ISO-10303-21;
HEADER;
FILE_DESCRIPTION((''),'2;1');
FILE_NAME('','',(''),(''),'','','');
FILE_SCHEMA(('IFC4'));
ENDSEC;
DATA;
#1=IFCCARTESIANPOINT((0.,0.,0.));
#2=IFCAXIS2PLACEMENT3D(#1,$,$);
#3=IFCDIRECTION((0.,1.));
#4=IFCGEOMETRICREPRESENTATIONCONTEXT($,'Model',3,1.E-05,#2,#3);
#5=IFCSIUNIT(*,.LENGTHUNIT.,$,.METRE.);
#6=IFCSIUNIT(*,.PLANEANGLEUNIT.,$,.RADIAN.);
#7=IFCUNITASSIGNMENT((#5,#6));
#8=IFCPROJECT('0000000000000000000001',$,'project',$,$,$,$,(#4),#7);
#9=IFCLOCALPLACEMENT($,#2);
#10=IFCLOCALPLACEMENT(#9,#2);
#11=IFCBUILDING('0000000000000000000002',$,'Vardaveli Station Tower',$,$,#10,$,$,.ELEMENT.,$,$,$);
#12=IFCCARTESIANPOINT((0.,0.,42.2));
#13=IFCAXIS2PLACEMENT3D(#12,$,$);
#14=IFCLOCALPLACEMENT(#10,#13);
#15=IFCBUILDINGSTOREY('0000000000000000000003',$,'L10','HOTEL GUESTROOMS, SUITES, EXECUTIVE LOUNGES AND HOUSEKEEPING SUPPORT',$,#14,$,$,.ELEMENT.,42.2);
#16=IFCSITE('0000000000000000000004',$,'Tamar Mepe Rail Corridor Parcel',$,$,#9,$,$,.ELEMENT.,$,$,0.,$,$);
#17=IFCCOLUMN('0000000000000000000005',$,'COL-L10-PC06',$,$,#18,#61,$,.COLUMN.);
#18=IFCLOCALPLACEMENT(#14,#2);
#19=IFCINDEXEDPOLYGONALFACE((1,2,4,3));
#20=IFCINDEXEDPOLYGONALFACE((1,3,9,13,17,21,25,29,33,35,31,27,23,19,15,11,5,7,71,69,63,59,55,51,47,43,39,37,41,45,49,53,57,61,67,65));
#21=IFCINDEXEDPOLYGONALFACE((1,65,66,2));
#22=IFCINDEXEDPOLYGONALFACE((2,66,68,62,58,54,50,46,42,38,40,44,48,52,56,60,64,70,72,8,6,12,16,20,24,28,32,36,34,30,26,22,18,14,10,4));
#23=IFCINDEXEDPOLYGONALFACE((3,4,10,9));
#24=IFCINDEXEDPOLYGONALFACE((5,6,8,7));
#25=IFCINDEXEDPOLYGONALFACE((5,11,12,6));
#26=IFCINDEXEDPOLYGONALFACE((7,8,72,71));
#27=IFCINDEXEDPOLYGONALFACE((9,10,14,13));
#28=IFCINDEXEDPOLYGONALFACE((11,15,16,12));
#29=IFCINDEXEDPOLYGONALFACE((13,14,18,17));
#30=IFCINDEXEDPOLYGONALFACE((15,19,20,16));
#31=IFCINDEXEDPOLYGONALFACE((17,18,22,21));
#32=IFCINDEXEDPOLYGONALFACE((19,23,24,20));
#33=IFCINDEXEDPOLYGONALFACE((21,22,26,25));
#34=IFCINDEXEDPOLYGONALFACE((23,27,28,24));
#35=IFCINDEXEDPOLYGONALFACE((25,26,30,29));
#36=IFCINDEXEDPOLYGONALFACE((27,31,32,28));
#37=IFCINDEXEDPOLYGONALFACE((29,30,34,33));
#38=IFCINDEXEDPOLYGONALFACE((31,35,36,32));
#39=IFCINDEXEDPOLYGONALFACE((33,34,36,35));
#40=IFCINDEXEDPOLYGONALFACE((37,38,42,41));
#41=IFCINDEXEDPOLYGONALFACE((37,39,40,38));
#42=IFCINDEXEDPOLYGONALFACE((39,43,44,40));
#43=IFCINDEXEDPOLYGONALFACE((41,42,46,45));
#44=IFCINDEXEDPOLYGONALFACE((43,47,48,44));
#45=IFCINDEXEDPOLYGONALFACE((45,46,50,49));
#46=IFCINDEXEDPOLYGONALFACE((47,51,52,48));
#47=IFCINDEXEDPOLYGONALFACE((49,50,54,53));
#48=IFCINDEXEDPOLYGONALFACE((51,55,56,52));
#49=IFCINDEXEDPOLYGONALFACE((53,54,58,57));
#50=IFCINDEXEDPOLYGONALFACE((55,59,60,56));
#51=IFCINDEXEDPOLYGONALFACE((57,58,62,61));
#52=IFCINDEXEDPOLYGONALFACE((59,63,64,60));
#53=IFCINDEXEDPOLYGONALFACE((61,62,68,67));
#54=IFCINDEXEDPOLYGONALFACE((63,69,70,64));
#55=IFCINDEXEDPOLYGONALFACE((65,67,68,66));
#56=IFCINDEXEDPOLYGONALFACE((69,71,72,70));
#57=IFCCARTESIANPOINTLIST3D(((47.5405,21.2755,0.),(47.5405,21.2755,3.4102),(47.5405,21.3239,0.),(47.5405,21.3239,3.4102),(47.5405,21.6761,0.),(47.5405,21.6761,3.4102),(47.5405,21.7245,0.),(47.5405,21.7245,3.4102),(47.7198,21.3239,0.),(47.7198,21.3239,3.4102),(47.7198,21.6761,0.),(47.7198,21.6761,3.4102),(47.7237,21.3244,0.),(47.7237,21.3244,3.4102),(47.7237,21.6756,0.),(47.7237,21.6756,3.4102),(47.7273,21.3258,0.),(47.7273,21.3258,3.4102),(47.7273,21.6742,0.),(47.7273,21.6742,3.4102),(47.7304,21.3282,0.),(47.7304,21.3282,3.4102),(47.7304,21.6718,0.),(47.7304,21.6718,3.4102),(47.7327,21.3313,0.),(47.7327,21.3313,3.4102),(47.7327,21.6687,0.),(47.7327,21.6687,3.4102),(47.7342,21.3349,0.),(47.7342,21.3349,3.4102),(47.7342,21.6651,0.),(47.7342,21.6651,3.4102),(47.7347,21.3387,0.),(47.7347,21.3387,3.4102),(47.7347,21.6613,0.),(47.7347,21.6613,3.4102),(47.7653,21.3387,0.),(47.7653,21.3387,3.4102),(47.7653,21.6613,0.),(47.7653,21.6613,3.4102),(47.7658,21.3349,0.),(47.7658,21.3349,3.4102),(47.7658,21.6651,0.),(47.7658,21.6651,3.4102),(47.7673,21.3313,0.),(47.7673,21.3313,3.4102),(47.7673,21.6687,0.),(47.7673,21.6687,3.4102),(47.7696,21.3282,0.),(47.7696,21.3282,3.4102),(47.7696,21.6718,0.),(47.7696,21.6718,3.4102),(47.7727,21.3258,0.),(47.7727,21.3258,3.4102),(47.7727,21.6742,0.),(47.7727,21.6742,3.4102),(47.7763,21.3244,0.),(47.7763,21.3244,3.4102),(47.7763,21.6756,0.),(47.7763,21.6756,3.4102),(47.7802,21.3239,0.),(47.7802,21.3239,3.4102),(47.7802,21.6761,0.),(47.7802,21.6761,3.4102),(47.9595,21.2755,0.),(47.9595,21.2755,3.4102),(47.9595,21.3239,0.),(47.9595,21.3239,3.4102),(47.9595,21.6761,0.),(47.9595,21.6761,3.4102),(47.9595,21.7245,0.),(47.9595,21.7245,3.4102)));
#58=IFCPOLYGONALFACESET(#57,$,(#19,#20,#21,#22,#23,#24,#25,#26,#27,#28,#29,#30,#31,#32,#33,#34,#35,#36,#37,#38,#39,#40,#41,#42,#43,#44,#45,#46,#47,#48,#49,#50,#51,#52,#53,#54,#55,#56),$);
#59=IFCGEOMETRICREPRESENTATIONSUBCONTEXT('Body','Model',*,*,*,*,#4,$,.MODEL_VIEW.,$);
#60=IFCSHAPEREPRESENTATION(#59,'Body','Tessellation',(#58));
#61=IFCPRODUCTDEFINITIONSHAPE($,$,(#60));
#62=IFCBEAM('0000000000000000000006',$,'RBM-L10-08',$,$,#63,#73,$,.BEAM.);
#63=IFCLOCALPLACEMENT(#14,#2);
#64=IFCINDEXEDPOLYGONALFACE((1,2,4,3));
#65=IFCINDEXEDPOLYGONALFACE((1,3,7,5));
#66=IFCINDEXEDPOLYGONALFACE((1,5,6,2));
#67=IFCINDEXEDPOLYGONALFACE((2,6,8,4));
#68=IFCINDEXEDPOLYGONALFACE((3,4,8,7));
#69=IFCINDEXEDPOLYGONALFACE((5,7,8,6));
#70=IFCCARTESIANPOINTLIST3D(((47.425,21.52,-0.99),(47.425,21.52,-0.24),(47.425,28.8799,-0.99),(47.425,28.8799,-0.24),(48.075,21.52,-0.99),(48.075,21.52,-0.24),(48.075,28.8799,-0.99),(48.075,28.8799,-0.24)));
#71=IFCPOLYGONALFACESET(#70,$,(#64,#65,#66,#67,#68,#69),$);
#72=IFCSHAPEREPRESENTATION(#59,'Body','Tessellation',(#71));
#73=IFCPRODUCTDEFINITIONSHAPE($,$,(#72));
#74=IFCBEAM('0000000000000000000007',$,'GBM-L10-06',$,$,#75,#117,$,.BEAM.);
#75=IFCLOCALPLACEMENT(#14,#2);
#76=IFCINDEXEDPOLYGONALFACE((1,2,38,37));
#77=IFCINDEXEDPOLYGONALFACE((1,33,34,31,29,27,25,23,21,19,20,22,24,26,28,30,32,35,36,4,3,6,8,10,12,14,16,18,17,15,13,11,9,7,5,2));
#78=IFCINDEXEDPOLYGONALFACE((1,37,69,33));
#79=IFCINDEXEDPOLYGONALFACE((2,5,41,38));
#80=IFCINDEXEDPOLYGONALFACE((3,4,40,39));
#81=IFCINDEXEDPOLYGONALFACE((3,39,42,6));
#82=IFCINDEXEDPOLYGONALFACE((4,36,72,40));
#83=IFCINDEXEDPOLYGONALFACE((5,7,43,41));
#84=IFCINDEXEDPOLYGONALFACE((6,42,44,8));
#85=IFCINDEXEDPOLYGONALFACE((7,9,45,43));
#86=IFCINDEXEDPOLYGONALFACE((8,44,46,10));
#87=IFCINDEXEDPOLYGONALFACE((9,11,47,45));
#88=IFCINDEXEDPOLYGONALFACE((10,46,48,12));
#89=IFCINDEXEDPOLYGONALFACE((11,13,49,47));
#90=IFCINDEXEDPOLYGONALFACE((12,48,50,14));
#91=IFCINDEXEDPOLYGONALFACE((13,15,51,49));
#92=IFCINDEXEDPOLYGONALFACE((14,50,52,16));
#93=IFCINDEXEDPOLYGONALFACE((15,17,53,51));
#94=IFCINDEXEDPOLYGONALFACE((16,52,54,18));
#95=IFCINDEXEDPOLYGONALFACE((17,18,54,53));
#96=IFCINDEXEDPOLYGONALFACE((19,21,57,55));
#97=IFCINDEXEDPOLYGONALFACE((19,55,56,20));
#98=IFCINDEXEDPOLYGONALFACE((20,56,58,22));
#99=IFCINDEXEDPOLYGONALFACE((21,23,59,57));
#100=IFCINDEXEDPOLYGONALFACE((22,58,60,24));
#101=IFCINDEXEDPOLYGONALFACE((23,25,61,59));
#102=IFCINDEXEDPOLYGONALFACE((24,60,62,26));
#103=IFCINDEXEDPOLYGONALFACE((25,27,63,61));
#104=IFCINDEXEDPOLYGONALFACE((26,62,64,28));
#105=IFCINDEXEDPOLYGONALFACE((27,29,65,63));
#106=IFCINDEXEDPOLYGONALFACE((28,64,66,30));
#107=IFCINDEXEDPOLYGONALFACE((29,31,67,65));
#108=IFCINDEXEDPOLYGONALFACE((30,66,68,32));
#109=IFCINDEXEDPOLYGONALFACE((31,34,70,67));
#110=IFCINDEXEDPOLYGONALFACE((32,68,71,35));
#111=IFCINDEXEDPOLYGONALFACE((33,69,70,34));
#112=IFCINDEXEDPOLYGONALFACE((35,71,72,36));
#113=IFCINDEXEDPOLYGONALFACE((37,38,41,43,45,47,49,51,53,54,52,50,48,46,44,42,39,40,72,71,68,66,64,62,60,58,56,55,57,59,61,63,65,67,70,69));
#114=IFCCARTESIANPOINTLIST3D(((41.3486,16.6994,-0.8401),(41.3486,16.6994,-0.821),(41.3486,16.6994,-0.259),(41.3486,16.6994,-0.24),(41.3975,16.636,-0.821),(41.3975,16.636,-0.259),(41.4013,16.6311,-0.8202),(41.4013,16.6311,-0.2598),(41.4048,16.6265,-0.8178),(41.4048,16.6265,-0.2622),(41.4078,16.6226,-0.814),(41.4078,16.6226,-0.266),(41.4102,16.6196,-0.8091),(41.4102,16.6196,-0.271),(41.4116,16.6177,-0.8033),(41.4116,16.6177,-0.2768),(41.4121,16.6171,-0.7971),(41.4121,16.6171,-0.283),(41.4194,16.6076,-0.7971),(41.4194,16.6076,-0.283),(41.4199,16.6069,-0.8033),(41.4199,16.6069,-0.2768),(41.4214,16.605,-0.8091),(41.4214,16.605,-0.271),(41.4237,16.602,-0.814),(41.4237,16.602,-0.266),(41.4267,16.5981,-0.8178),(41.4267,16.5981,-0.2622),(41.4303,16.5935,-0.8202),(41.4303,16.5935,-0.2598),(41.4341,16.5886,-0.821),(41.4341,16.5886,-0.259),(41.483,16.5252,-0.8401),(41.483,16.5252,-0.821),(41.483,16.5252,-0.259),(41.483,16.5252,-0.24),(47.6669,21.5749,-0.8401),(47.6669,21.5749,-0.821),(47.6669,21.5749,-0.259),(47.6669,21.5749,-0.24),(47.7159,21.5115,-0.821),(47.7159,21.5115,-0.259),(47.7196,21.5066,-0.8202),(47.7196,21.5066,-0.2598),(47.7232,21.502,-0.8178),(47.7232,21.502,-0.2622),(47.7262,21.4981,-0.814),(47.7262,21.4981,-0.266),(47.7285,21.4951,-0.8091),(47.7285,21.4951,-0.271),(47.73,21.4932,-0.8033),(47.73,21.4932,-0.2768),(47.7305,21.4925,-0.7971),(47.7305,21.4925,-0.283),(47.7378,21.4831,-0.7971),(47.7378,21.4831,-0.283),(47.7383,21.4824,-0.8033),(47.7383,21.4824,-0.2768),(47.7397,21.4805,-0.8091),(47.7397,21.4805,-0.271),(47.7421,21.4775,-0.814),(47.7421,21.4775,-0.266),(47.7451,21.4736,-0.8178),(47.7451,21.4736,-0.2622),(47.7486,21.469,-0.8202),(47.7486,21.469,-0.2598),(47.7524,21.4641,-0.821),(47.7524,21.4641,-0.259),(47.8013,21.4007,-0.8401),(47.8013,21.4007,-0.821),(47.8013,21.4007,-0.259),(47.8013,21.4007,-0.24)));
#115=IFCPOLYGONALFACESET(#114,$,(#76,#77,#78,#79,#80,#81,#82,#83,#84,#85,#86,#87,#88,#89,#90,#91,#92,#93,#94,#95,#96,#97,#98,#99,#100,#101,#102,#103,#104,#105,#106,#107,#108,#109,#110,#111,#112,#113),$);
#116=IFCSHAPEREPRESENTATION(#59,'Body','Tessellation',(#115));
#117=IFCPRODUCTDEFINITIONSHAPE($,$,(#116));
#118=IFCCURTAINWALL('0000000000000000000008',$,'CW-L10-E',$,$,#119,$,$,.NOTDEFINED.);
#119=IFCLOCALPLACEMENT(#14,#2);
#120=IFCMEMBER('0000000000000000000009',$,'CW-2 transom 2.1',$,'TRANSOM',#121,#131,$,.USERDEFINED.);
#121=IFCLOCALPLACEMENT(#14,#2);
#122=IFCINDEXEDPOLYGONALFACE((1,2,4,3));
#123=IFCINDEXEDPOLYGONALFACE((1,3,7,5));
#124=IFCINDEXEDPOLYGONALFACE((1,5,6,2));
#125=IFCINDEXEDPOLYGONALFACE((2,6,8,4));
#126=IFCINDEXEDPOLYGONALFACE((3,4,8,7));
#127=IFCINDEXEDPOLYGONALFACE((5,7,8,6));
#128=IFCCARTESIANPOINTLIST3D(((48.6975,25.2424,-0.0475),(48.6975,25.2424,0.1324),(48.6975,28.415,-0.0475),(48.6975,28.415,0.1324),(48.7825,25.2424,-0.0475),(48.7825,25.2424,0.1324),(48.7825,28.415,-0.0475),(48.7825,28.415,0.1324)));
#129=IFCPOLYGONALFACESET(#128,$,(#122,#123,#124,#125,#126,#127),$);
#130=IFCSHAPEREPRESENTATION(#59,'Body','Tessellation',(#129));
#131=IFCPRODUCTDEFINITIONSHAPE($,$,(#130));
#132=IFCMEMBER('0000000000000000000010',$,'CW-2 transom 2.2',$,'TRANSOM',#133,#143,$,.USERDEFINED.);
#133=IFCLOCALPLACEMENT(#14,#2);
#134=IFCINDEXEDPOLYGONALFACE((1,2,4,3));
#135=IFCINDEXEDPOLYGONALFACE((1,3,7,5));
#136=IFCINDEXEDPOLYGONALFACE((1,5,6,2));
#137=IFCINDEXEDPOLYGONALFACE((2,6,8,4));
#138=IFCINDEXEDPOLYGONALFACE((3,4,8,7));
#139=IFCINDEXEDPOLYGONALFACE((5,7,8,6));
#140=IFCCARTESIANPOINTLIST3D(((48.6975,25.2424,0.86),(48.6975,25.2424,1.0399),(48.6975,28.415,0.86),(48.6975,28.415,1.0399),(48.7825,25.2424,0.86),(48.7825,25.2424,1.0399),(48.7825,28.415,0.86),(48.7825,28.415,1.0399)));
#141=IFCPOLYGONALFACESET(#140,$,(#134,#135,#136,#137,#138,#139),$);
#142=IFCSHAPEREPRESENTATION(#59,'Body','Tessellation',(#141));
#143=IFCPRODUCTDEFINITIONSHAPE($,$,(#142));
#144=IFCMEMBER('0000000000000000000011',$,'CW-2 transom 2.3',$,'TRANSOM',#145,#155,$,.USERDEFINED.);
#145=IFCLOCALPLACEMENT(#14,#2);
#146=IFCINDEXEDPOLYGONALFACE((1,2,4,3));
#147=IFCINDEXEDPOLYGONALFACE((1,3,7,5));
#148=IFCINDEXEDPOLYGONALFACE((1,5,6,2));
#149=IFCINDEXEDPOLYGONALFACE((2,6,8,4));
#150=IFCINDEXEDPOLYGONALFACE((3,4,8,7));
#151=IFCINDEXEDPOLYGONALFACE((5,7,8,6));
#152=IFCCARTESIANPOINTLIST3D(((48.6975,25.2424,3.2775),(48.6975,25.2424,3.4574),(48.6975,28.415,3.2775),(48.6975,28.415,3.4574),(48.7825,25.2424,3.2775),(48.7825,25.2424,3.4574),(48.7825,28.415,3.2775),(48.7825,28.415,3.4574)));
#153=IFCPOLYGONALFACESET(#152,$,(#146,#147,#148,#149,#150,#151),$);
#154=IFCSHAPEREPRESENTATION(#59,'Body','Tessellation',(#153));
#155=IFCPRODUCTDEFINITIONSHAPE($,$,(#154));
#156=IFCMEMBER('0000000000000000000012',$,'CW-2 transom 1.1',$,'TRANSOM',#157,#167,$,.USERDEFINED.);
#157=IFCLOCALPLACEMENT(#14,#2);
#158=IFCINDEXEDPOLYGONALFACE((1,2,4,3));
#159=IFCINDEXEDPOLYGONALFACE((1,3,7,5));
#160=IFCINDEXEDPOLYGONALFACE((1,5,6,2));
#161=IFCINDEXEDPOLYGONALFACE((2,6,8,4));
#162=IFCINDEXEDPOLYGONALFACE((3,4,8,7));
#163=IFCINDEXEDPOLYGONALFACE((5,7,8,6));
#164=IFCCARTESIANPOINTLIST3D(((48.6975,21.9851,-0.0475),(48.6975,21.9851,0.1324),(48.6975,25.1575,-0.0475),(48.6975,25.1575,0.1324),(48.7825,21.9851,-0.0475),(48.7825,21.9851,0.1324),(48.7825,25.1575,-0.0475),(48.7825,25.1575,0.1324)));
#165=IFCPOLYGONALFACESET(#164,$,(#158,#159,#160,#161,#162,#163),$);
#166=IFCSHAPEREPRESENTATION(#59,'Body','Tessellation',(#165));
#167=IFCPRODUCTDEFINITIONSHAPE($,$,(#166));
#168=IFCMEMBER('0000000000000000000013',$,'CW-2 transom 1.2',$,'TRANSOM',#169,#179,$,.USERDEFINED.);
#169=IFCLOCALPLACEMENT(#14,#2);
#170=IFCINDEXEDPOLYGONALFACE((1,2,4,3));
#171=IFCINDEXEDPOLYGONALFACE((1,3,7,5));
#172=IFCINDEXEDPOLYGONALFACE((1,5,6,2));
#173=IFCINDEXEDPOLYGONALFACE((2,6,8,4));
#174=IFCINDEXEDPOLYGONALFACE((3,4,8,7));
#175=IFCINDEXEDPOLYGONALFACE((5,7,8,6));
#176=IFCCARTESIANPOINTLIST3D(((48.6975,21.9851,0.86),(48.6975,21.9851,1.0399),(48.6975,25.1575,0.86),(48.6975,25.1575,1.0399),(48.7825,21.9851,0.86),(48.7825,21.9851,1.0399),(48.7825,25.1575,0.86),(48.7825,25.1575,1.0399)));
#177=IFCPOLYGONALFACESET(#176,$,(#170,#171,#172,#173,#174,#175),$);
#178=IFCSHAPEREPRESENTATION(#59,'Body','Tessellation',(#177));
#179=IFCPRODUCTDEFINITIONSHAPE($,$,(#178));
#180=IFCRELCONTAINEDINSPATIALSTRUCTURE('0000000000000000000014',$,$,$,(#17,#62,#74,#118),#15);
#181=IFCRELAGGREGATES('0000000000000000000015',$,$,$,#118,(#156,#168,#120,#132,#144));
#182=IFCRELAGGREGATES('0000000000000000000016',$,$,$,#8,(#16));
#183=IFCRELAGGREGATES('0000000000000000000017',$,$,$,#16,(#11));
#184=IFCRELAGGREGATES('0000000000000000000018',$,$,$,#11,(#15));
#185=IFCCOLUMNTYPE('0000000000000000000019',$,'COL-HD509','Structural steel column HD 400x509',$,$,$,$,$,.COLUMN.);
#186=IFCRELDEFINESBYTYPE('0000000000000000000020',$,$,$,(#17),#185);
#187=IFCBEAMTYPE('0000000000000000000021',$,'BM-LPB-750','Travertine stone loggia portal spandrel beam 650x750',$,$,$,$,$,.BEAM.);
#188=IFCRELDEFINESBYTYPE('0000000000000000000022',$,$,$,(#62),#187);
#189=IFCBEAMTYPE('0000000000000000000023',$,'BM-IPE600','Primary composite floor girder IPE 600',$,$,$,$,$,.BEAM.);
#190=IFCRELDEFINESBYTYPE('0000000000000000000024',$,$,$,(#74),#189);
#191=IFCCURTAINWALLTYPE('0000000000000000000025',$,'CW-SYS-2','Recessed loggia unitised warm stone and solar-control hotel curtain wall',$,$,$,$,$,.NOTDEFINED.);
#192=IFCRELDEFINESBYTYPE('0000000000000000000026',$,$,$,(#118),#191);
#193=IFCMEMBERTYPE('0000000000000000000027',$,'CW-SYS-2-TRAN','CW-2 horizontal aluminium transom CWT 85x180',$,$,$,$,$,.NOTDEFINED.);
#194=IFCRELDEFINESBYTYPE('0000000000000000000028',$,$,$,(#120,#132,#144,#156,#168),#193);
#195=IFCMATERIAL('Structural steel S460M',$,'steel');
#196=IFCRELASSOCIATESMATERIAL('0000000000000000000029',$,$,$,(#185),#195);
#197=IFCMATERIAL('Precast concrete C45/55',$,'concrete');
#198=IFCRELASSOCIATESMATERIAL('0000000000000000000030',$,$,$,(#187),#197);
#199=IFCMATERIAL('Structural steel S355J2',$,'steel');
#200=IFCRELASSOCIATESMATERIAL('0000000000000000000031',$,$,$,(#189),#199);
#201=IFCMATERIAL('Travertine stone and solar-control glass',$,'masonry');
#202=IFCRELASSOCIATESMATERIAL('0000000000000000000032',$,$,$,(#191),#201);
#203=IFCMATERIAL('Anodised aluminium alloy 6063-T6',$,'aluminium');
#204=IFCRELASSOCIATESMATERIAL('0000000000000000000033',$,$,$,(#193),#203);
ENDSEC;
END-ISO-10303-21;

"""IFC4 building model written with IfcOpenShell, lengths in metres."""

from ifc_helpers import new_model, si_unit, direction, frame, origin, origin_2d, place, context, subcontext, project, spatial, rectangle, i_section, extrude, source, transform, mapped, material, material_profile, profile_set, type_object, element, aggregate, save


model = new_model("IFC4")

# Units and contexts
model_context = context("Model", 3, precision=1e-05, world=origin(), true_north=direction((0.0, 1.0)))
body_context = subcontext(model_context, "Body", "Model", "MODEL_VIEW")
ifc_project = project(units=[si_unit("LENGTHUNIT", "METRE"), si_unit("PLANEANGLEUNIT", "RADIAN")], contexts=[model_context])

# Site, building, storey
site_placement = place(None, origin())
site = spatial("IfcSite", under=ifc_project, at=site_placement, Name="Tamar Mepe Rail Corridor Parcel", CompositionType="ELEMENT", RefElevation=0.0)
building_placement = place(site_placement, origin())
building = spatial("IfcBuilding", under=site, at=building_placement, Name="Vardaveli Station Tower", CompositionType="ELEMENT")
storey_placement = place(building_placement, frame((0.0, 0.0, 42.2)))
storey = spatial("IfcBuildingStorey", under=building, at=storey_placement, Name="L10", Description="HOTEL GUESTROOMS, SUITES, EXECUTIVE LOUNGES AND HOUSEKEEPING SUPPORT", CompositionType="ELEMENT", Elevation=42.2)

# Column
ifc_material_1 = material(Name="Structural steel S460M", Category="steel")
ifc_material_profile_1 = material_profile(ifc_material_1, i_section(OverallWidth=0.4189, OverallDepth=0.449, WebThickness=0.0305, FlangeThickness=0.0483, FilletRadius=0.0149, at=origin_2d()), Name="HD 400x509")
ifc_profile_set_1 = profile_set([ifc_material_profile_1], Name="Structural steel S460M")
column_type = type_object("IfcColumnType", Name="COL-HD509", Description="Structural steel column HD 400x509", PredefinedType="COLUMN", material=ifc_profile_set_1)
shared_shape_1 = source(origin(), body_context, "Body", "SweptSolid", [
    extrude(i_section(OverallWidth=0.4189, OverallDepth=0.449, WebThickness=0.0305, FlangeThickness=0.0483, FilletRadius=0.0149, at=origin_2d()), origin(), (0.0, 0.0, 1.0), 3.4102),
])
column_placement = place(storey_placement, frame((47.75, 21.5, 0.0), z_axis=(0.0, 0.0, 1.0), x_axis=(1.0, 0.0, 0.0)))
element("IfcColumn", 1, at=column_placement, inside=storey, type_object=column_type, Name="COL-L10-PC06", PredefinedType="COLUMN", context=body_context, shape_type="MappedRepresentation", body=[
    mapped(shared_shape_1, transform((0.0, 0.0, 0.0), scale=1.0)),
])

# Beams
ifc_material_2 = material(Name="Precast concrete C45/55", Category="concrete")
ifc_material_profile_2 = material_profile(ifc_material_2, rectangle(XDim=0.6499, YDim=0.75, at=origin_2d()), Name="LPB 650x750")
ifc_profile_set_2 = profile_set([ifc_material_profile_2], Name="Precast concrete C45/55")
beam_type_1 = type_object("IfcBeamType", Name="BM-LPB-750", Description="Travertine stone loggia portal spandrel beam 650x750", PredefinedType="BEAM", material=ifc_profile_set_2)
shared_shape_2 = source(origin(), body_context, "Body", "SweptSolid", [
    extrude(rectangle(XDim=0.6499, YDim=0.75, at=origin_2d()), origin(), (0.0, 0.0, 1.0), 7.3599),
])
beam_1_placement = place(storey_placement, frame((47.75, 21.52, -0.615), z_axis=(0.0, 1.0, 0.0), x_axis=(-1.0, 0.0, 0.0)))
element("IfcBeam", 2, at=beam_1_placement, inside=storey, type_object=beam_type_1, Name="RBM-L10-08", PredefinedType="BEAM", context=body_context, shape_type="MappedRepresentation", body=[
    mapped(shared_shape_2, transform((0.0, 0.0, 0.0), scale=1.0)),
])
ifc_material_3 = material(Name="Structural steel S355J2", Category="steel")
ifc_material_profile_3 = material_profile(ifc_material_3, i_section(OverallWidth=0.22, OverallDepth=0.6001, WebThickness=0.012, FlangeThickness=0.019, FilletRadius=0.0239, at=origin_2d()), Name="IPE 600")
ifc_profile_set_3 = profile_set([ifc_material_profile_3], Name="Structural steel S355J2")
beam_type_2 = type_object("IfcBeamType", Name="BM-IPE600", Description="Primary composite floor girder IPE 600", PredefinedType="BEAM", material=ifc_profile_set_3)
shared_shape_3 = source(origin(), body_context, "Body", "SweptSolid", [
    extrude(i_section(OverallWidth=0.22, OverallDepth=0.6001, WebThickness=0.012, FlangeThickness=0.019, FilletRadius=0.0239, at=origin_2d()), origin(), (0.0, 0.0, 1.0), 7.9807),
])
beam_2_placement = place(storey_placement, frame((47.7341, 21.4878, -0.54), z_axis=(-0.791702, -0.610908, 0.0), x_axis=(0.610908, -0.791702, 0.0)))
element("IfcBeam", 3, at=beam_2_placement, inside=storey, type_object=beam_type_2, Name="GBM-L10-06", PredefinedType="BEAM", context=body_context, shape_type="MappedRepresentation", body=[
    mapped(shared_shape_3, transform((0.0, 0.0, 0.0), scale=1.0)),
])

# Curtain wall, members
ifc_material_4 = material(Name="Travertine stone and solar-control glass", Category="masonry")
curtain_wall_type = type_object("IfcCurtainWallType", Name="CW-SYS-2", Description="Recessed loggia unitised warm stone and solar-control hotel curtain wall", PredefinedType="NOTDEFINED", material=ifc_material_4)
curtain_wall_placement = place(storey_placement, origin())
curtain_wall = element("IfcCurtainWall", 4, at=curtain_wall_placement, inside=storey, type_object=curtain_wall_type, Name="CW-L10-E", PredefinedType="NOTDEFINED")
ifc_material_5 = material(Name="Anodised aluminium alloy 6063-T6", Category="aluminium")
ifc_material_profile_4 = material_profile(ifc_material_5, rectangle(XDim=0.085, YDim=0.1799, at=origin_2d()), Name="CWT 85x180")
ifc_profile_set_4 = profile_set([ifc_material_profile_4], Name="Anodised aluminium alloy 6063-T6")
member_type_1 = type_object("IfcMemberType", Name="CW-SYS-2-TRAN", Description="CW-2 horizontal aluminium transom CWT 85x180", PredefinedType="NOTDEFINED", material=ifc_profile_set_4)
shared_shape_4 = source(origin(), body_context, "Body", "SweptSolid", [
    extrude(rectangle(XDim=0.085, YDim=0.1799, at=origin_2d()), origin(), (0.0, 0.0, 1.0), 3.1726),
])
member_1_placement = place(storey_placement, frame((48.74, 25.2424, 0.0425), z_axis=(0.0, 1.0, 0.0), x_axis=(-1.0, 0.0, 0.0)))
member_1 = element("IfcMember", 5, at=member_1_placement, type_object=member_type_1, Name="CW-2 transom 2.1", ObjectType="TRANSOM", PredefinedType="USERDEFINED", context=body_context, shape_type="MappedRepresentation", body=[
    mapped(shared_shape_4, transform((0.0, 0.0, 0.0), scale=1.0)),
])
member_2_placement = place(storey_placement, frame((48.74, 25.2424, 0.95), z_axis=(0.0, 1.0, 0.0), x_axis=(-1.0, 0.0, 0.0)))
member_2 = element("IfcMember", 6, at=member_2_placement, type_object=member_type_1, Name="CW-2 transom 2.2", ObjectType="TRANSOM", PredefinedType="USERDEFINED", context=body_context, shape_type="MappedRepresentation", body=[
    mapped(shared_shape_4, transform((0.0, 0.0, 0.0), scale=1.0)),
])
member_3_placement = place(storey_placement, frame((48.74, 25.2424, 3.3674), z_axis=(0.0, 1.0, 0.0), x_axis=(-1.0, 0.0, 0.0)))
member_3 = element("IfcMember", 7, at=member_3_placement, type_object=member_type_1, Name="CW-2 transom 2.3", ObjectType="TRANSOM", PredefinedType="USERDEFINED", context=body_context, shape_type="MappedRepresentation", body=[
    mapped(shared_shape_4, transform((0.0, 0.0, 0.0), scale=1.0)),
])
shared_shape_5 = source(origin(), body_context, "Body", "SweptSolid", [
    extrude(rectangle(XDim=0.085, YDim=0.1799, at=origin_2d()), origin(), (0.0, 0.0, 1.0), 3.1724),
])
member_4_placement = place(storey_placement, frame((48.74, 21.9851, 0.0425), z_axis=(0.0, 1.0, 0.0), x_axis=(-1.0, 0.0, 0.0)))
member_4 = element("IfcMember", 8, at=member_4_placement, type_object=member_type_1, Name="CW-2 transom 1.1", ObjectType="TRANSOM", PredefinedType="USERDEFINED", context=body_context, shape_type="MappedRepresentation", body=[
    mapped(shared_shape_5, transform((0.0, 0.0, 0.0), scale=1.0)),
])
member_5_placement = place(storey_placement, frame((48.74, 21.9851, 0.95), z_axis=(0.0, 1.0, 0.0), x_axis=(-1.0, 0.0, 0.0)))
member_5 = element("IfcMember", 9, at=member_5_placement, type_object=member_type_1, Name="CW-2 transom 1.2", ObjectType="TRANSOM", PredefinedType="USERDEFINED", context=body_context, shape_type="MappedRepresentation", body=[
    mapped(shared_shape_5, transform((0.0, 0.0, 0.0), scale=1.0)),
])
aggregate(curtain_wall, [member_4, member_5, member_1, member_2, member_3])

save(model, "model.ifc")
